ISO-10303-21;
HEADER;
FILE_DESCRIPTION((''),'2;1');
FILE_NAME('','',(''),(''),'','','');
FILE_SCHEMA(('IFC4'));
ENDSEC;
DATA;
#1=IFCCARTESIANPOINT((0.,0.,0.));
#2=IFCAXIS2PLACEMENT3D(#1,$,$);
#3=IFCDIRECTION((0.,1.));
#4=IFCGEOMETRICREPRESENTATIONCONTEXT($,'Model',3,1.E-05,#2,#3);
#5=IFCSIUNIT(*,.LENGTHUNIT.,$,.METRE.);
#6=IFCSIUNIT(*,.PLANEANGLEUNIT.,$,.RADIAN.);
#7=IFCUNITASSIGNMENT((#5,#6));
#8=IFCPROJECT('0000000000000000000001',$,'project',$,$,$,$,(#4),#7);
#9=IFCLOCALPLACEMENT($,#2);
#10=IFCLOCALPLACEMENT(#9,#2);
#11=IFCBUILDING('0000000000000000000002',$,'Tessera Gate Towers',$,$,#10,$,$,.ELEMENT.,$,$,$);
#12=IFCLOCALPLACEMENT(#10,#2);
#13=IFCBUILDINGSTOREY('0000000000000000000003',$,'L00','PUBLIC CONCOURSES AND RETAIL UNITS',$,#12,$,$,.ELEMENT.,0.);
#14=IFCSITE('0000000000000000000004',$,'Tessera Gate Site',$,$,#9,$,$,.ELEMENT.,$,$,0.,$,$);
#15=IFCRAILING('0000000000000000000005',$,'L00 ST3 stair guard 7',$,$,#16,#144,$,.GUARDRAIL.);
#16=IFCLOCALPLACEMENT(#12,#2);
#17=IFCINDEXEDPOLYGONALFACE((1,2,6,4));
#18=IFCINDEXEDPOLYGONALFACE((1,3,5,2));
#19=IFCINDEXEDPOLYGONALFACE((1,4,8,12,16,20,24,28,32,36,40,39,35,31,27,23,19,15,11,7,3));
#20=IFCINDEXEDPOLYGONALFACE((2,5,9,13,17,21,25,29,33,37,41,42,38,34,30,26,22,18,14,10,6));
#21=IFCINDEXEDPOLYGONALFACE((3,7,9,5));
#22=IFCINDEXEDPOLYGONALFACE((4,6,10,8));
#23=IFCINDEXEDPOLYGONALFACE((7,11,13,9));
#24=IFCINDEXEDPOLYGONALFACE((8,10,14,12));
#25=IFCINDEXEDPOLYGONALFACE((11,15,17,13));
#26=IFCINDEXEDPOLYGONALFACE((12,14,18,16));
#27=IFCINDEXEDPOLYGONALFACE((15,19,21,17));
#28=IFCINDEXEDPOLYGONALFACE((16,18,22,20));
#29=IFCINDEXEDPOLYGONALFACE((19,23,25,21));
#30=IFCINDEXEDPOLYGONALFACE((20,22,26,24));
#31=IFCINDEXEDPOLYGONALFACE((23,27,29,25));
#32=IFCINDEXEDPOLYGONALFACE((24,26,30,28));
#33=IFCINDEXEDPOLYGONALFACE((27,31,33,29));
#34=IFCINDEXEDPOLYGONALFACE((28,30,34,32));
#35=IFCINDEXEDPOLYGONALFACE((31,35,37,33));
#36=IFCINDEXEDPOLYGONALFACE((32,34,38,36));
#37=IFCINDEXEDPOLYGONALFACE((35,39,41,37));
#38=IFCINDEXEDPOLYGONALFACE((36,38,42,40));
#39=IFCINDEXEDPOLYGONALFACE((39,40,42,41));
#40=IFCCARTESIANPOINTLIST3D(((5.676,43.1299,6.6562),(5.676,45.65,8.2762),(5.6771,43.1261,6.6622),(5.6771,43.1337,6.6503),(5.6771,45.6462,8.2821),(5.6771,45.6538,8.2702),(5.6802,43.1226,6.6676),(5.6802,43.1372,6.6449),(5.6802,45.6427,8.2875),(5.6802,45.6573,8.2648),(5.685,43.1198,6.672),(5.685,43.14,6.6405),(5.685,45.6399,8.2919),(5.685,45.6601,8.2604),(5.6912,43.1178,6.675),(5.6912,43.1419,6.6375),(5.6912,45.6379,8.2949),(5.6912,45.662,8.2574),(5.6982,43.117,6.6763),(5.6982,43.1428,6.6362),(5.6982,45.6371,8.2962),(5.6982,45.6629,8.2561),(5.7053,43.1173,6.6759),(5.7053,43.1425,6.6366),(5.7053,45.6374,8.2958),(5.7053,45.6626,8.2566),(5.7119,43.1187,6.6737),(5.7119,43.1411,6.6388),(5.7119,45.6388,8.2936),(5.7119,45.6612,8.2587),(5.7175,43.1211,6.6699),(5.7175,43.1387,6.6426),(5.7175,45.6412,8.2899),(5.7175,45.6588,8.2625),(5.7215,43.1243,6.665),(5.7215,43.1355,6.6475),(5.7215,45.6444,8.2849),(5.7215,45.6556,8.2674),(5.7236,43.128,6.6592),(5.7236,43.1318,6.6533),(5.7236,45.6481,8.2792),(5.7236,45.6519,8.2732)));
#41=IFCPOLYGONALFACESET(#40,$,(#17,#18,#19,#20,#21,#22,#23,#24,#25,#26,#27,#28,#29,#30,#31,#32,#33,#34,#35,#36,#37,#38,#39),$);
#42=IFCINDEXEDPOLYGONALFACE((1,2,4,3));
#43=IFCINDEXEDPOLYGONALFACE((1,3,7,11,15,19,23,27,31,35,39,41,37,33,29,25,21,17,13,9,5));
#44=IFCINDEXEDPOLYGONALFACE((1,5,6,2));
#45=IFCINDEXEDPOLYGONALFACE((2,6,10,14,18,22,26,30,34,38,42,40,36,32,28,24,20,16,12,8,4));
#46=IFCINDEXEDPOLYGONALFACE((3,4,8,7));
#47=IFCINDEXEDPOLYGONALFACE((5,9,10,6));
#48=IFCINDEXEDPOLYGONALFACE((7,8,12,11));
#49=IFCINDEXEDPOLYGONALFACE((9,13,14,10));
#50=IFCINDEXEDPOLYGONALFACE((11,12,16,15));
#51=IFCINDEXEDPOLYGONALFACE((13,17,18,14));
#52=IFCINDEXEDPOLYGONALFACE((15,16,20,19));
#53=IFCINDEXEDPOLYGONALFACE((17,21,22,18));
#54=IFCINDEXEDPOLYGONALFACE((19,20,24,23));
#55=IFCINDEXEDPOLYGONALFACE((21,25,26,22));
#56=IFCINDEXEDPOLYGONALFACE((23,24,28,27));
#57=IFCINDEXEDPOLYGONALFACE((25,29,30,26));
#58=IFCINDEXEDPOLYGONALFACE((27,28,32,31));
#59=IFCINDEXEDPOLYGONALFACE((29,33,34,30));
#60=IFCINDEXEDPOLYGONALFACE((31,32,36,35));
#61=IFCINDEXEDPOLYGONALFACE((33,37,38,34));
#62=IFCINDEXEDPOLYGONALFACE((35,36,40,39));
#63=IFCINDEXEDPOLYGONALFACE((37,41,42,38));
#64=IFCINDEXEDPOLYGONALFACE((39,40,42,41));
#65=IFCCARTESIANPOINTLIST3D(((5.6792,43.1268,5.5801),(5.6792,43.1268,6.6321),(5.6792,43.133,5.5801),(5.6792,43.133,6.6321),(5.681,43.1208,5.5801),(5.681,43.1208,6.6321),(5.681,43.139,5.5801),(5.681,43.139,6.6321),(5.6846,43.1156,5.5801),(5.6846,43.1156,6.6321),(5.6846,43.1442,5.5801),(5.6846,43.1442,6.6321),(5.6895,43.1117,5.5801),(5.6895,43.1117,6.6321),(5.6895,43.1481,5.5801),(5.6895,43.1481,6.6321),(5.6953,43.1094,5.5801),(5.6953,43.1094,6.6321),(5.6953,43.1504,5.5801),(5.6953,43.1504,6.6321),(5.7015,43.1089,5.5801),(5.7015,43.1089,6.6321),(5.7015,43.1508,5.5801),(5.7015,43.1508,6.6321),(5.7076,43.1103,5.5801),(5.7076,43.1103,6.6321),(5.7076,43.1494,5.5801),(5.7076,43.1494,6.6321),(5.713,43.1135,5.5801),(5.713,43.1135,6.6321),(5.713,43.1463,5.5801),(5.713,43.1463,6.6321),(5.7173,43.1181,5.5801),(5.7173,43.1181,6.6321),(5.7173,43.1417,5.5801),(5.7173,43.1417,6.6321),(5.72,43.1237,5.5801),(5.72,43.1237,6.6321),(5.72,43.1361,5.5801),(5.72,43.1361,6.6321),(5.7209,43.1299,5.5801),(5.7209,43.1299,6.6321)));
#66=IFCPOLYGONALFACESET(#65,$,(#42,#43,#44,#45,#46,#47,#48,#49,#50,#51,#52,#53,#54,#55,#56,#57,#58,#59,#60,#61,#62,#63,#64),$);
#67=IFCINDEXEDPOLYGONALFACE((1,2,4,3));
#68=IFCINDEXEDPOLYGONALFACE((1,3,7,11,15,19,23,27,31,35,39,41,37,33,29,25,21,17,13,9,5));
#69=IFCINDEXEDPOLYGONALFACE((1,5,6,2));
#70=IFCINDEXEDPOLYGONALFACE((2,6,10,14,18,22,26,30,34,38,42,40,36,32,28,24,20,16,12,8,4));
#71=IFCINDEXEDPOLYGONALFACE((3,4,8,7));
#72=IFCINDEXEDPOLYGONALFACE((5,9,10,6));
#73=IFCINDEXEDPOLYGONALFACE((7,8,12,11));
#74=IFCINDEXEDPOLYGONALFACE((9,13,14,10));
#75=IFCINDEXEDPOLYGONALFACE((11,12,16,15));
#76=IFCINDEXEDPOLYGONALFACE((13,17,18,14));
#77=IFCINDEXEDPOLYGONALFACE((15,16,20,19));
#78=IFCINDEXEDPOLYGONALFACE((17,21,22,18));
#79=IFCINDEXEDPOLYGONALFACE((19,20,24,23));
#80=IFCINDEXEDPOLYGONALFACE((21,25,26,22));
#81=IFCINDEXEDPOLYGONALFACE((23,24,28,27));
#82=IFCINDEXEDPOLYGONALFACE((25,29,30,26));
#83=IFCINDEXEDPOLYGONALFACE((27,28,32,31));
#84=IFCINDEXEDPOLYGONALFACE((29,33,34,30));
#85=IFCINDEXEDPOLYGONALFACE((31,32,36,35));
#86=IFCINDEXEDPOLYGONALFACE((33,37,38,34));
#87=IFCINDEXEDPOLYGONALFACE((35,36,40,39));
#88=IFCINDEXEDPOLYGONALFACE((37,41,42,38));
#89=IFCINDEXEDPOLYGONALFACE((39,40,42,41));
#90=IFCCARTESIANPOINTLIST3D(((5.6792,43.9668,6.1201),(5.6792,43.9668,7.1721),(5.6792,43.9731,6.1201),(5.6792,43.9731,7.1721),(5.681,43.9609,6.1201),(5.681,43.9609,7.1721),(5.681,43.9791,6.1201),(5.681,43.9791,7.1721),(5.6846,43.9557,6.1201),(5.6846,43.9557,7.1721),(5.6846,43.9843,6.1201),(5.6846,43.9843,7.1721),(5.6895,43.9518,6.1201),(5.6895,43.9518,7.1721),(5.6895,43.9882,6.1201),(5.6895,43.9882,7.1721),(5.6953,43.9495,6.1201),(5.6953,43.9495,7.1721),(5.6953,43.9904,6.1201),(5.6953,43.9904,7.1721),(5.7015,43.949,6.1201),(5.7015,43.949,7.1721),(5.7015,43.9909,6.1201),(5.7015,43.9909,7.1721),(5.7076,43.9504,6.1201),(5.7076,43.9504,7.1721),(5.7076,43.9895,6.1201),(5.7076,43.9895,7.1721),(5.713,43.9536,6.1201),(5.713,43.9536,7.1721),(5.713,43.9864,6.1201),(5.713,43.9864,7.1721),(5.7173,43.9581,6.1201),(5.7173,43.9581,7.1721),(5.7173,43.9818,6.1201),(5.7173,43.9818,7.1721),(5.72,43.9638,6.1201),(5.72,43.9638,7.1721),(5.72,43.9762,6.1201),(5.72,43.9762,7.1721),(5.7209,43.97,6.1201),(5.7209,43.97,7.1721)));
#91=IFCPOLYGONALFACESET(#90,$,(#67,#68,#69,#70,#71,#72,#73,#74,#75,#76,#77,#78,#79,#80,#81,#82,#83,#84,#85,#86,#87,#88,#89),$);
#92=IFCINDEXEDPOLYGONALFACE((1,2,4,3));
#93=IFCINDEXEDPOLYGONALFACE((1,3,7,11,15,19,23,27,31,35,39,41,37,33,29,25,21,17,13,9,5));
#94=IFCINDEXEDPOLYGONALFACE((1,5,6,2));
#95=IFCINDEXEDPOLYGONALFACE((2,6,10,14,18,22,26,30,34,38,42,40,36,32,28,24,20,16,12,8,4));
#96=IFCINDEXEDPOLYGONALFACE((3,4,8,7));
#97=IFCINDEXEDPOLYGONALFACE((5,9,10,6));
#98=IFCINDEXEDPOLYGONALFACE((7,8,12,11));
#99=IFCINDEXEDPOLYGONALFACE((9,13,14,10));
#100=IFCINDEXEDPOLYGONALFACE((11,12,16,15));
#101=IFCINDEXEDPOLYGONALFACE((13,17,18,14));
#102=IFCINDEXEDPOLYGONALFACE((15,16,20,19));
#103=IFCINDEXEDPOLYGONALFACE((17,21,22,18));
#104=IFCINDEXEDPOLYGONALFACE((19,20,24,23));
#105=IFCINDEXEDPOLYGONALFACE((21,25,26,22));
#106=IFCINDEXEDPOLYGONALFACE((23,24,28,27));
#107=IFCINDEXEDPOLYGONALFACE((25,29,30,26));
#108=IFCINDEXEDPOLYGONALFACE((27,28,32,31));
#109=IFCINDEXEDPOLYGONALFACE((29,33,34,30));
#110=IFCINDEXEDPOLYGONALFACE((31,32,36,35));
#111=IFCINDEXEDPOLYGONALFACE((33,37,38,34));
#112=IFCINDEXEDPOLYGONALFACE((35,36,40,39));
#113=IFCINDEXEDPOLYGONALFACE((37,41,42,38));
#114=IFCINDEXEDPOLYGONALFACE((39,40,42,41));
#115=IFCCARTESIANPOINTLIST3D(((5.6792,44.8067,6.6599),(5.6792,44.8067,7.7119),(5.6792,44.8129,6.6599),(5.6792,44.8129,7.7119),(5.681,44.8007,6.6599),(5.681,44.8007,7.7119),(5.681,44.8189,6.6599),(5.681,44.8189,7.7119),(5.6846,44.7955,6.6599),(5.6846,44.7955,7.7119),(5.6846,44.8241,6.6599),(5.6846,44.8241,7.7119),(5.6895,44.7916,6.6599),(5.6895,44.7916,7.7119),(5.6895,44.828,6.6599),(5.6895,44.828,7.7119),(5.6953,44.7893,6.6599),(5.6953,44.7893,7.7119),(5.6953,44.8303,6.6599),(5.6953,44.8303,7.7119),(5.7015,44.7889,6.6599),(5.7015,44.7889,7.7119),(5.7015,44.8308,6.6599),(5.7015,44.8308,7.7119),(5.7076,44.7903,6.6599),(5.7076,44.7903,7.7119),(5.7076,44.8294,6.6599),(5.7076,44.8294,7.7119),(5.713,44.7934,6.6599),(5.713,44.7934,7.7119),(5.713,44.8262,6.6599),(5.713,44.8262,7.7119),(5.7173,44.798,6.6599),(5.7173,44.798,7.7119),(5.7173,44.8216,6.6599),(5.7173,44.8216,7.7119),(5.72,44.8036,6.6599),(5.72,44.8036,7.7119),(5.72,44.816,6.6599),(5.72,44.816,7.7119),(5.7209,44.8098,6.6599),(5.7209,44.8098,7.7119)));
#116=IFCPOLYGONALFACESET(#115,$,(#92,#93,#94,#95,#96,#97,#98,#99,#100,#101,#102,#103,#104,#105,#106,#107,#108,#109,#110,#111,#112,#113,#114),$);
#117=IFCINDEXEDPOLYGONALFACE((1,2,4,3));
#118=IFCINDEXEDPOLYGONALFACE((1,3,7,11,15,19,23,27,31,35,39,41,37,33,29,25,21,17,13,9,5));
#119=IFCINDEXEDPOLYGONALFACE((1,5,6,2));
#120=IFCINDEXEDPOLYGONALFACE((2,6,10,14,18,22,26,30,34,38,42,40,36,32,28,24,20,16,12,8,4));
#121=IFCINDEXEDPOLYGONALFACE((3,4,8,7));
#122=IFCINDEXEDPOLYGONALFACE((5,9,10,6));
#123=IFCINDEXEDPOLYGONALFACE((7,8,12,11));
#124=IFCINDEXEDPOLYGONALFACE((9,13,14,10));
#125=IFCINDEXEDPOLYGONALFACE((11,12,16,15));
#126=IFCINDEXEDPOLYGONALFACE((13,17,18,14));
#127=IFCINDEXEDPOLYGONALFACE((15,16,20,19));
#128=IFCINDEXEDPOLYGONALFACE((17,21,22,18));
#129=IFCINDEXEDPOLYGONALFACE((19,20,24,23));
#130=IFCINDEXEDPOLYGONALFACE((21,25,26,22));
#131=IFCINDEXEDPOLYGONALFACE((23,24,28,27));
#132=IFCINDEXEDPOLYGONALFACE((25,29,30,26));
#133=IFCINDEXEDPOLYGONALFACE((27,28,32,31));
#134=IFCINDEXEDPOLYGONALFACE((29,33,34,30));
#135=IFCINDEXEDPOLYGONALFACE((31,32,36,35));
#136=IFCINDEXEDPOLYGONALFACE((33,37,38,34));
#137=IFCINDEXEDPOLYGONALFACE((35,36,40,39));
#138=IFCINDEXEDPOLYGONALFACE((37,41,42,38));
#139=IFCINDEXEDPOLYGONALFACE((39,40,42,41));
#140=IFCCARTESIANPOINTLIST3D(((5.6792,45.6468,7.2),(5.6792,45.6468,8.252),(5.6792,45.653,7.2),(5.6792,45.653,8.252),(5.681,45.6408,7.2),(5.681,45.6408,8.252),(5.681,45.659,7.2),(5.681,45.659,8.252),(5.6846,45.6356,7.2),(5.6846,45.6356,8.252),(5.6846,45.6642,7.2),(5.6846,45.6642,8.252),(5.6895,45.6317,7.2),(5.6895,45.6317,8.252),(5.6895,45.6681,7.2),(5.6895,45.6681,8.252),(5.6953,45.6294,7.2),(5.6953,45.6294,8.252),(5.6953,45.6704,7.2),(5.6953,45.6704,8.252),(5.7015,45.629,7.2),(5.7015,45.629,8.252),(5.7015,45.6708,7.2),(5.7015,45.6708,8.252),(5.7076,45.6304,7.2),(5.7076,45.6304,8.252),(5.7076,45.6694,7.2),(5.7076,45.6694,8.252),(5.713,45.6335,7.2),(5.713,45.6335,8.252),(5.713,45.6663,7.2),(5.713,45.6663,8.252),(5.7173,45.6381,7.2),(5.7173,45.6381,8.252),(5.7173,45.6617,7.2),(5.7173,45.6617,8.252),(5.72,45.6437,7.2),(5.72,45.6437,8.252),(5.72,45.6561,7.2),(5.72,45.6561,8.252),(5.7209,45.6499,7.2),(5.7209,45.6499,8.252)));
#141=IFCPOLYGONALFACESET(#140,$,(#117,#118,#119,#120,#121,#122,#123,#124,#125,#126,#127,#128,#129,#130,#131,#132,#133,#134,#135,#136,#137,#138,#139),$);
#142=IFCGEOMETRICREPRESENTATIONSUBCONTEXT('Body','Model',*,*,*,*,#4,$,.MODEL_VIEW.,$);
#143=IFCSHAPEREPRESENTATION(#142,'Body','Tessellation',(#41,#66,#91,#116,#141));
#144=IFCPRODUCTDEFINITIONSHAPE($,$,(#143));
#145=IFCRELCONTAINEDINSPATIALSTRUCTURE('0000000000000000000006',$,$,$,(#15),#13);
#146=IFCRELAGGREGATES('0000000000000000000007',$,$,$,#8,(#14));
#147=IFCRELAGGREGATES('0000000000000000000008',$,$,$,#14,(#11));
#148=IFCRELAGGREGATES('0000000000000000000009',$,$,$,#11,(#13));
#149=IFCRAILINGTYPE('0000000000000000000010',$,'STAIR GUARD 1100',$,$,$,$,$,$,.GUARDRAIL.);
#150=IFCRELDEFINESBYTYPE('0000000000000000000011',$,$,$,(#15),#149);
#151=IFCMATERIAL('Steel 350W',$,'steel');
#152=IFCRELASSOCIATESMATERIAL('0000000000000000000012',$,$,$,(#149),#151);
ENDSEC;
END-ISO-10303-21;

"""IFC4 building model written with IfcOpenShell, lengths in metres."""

from ifc_helpers import new_model, si_unit, direction, frame, origin, origin_2d, place, context, subcontext, project, spatial, circle, extrude, material, type_object, element, save


model = new_model("IFC4")

# Units and contexts
model_context = context("Model", 3, precision=1e-05, world=origin(), true_north=direction((0.0, 1.0)))
body_context = subcontext(model_context, "Body", "Model", "MODEL_VIEW")
ifc_project = project(units=[si_unit("LENGTHUNIT", "METRE"), si_unit("PLANEANGLEUNIT", "RADIAN")], contexts=[model_context])

# Site, building, storey
site_placement = place(None, origin())
site = spatial("IfcSite", under=ifc_project, at=site_placement, Name="Tessera Gate Site", CompositionType="ELEMENT", RefElevation=0.0)
building_placement = place(site_placement, origin())
building = spatial("IfcBuilding", under=site, at=building_placement, Name="Tessera Gate Towers", CompositionType="ELEMENT")
storey_placement = place(building_placement, origin())
storey = spatial("IfcBuildingStorey", under=building, at=storey_placement, Name="L00", Description="PUBLIC CONCOURSES AND RETAIL UNITS", CompositionType="ELEMENT", Elevation=0.0)

# Railing
ifc_material_1 = material(Name="Steel 350W", Category="steel")
railing_type_1 = type_object("IfcRailingType", Name="STAIR GUARD 1100", PredefinedType="GUARDRAIL", material=ifc_material_1)
railing_1_placement = place(storey_placement, frame((5.7, 43.1299, 5.5801)))
element("IfcRailing", 1, at=railing_1_placement, inside=storey, type_object=railing_type_1, Name="L00 ST3 stair guard 7", PredefinedType="GUARDRAIL", context=body_context, shape_type="SweptSolid", body=[
    extrude(circle(Radius=0.0239, at=origin_2d()), frame((0.0, 0.0, 1.0762), z_axis=(0.0, 0.8412, 0.540725), x_axis=(-1.0, 0.0, 0.0)), (0.0, 0.0, 1.0), 2.9958),
    extrude(circle(Radius=0.021, at=origin_2d()), origin(), (0.0, 0.0, 1.0), 1.052),
    extrude(circle(Radius=0.021, at=origin_2d()), frame((0.0, 0.8401, 0.54)), (0.0, 0.0, 1.0), 1.052),
    extrude(circle(Radius=0.021, at=origin_2d()), frame((0.0, 1.6799, 1.0798)), (0.0, 0.0, 1.0), 1.052),
    extrude(circle(Radius=0.021, at=origin_2d()), frame((0.0, 2.52, 1.6199)), (0.0, 0.0, 1.0), 1.052),
])

save(model, "model.ifc")
